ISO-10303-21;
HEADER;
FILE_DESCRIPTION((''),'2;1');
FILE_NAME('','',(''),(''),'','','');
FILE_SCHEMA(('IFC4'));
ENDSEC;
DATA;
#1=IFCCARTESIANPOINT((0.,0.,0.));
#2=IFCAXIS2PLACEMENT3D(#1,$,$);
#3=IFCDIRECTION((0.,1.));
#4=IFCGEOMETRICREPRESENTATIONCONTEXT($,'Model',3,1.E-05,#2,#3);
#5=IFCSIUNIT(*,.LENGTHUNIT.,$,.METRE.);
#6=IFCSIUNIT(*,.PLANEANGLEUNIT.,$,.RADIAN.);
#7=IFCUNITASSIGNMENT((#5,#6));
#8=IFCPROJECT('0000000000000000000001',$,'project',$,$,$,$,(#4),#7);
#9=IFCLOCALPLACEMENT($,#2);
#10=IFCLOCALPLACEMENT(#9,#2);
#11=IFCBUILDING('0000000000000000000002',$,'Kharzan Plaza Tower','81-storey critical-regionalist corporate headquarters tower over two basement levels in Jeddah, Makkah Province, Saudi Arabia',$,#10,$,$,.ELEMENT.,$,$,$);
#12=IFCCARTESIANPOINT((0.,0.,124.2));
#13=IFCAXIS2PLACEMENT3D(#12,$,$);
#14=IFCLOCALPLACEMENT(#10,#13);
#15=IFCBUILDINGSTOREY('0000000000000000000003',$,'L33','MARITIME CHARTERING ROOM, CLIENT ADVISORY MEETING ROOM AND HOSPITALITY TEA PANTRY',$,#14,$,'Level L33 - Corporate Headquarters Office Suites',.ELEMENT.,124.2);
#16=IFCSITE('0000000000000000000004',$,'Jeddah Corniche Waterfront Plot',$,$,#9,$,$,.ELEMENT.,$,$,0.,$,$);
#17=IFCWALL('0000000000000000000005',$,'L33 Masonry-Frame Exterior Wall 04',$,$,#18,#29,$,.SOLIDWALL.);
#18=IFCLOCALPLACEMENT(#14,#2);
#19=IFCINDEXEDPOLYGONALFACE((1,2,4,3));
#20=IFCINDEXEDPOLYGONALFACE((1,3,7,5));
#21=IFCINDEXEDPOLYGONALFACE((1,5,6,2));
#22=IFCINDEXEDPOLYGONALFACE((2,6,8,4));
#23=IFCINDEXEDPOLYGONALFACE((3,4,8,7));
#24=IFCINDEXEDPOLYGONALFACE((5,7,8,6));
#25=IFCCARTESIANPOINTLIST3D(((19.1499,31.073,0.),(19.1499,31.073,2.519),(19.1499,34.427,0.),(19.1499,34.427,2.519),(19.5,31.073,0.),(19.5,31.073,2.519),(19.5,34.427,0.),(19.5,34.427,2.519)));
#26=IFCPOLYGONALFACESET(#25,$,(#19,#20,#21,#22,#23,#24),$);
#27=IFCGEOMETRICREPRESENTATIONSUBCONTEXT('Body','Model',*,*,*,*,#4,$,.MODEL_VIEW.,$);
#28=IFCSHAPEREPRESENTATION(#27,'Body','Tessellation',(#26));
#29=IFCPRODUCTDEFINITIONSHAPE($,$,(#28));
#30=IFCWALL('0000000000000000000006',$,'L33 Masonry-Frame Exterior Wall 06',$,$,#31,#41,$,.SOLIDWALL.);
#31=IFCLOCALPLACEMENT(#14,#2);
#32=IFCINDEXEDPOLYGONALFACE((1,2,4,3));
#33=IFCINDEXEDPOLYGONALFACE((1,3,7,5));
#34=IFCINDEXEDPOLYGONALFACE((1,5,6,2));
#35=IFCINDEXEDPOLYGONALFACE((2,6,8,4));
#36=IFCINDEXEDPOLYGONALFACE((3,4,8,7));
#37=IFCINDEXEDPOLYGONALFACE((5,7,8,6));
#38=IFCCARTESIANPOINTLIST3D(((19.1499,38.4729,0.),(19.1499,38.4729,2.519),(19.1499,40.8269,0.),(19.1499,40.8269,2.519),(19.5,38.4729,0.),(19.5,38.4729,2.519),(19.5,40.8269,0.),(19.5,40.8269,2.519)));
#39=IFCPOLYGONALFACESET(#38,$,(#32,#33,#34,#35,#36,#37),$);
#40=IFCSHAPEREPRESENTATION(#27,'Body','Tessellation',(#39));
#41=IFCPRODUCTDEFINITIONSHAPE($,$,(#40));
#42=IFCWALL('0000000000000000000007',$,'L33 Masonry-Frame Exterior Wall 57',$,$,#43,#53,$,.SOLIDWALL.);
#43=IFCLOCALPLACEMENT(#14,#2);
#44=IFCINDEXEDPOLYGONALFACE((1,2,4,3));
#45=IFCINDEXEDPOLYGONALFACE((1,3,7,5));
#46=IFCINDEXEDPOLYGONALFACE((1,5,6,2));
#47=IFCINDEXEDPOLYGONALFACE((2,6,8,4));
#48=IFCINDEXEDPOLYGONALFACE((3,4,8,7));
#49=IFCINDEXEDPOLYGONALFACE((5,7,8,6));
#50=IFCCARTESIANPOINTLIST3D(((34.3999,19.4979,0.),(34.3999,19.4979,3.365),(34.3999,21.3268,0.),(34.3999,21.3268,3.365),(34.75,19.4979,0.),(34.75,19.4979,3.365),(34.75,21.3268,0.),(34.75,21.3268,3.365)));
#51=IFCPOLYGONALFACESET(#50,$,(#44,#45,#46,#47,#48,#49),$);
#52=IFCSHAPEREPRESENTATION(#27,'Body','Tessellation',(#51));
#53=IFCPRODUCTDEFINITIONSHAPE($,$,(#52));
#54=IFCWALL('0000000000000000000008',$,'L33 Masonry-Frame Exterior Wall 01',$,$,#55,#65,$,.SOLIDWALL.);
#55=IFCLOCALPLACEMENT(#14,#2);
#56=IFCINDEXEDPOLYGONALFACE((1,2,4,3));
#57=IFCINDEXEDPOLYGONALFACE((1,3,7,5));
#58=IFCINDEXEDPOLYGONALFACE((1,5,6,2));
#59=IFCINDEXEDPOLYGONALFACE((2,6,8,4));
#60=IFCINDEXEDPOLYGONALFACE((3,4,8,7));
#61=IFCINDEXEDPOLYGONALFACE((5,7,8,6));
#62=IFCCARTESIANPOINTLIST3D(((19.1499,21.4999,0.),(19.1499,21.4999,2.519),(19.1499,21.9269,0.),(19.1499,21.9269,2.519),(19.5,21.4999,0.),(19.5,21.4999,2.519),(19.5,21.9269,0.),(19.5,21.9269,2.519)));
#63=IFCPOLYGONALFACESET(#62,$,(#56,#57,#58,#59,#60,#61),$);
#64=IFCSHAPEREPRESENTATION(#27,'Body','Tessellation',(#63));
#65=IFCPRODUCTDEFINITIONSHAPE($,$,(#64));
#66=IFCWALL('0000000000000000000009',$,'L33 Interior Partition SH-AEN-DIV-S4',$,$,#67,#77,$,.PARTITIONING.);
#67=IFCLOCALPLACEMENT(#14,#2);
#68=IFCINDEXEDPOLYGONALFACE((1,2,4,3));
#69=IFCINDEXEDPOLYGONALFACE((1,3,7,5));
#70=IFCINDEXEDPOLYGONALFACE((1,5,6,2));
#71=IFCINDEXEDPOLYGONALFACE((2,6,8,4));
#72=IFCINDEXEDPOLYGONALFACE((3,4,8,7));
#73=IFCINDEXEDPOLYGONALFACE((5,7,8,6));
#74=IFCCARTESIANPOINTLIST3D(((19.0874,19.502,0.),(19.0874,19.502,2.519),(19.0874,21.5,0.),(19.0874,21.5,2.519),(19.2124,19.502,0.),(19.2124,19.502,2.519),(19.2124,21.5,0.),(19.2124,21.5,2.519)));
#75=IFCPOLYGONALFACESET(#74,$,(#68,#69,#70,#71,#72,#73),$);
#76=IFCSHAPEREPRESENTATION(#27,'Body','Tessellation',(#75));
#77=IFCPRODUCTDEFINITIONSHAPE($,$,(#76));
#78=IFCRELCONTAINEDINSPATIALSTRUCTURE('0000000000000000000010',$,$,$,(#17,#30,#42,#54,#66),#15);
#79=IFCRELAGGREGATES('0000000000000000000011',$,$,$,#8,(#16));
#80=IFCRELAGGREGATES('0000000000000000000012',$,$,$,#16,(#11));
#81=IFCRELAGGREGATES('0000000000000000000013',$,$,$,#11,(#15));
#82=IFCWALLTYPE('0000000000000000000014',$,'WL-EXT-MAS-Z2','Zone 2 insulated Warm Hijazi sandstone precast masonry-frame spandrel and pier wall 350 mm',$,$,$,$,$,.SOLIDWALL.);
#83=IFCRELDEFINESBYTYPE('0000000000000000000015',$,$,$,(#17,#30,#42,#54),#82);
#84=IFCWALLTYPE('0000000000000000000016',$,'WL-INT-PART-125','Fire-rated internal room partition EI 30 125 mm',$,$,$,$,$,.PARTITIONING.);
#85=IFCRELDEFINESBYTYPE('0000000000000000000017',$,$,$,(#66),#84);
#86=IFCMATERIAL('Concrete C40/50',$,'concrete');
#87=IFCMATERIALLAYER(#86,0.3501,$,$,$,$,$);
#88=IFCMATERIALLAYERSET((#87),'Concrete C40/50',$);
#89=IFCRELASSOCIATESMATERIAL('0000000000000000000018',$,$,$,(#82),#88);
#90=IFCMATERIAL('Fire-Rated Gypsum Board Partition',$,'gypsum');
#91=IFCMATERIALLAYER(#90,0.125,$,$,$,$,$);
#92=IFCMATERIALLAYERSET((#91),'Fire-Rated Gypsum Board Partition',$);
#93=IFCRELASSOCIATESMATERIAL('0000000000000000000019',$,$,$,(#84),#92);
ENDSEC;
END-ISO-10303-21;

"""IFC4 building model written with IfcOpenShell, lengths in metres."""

from ifc_helpers import new_model, si_unit, direction, frame, frame_2d, origin, place, context, subcontext, project, spatial, rectangle, extrude, source, transform, mapped, material, layer, layer_set, type_object, element, save


model = new_model("IFC4")

# Units and contexts
model_context = context("Model", 3, precision=1e-05, world=origin(), true_north=direction((0.0, 1.0)))
body_context = subcontext(model_context, "Body", "Model", "MODEL_VIEW")
ifc_project = project(units=[si_unit("LENGTHUNIT", "METRE"), si_unit("PLANEANGLEUNIT", "RADIAN")], contexts=[model_context])

# Site, building, storey
site_placement = place(None, origin())
site = spatial("IfcSite", under=ifc_project, at=site_placement, Name="Jeddah Corniche Waterfront Plot", CompositionType="ELEMENT", RefElevation=0.0)
building_placement = place(site_placement, origin())
building = spatial("IfcBuilding", under=site, at=building_placement, Name="Kharzan Plaza Tower", Description="81-storey critical-regionalist corporate headquarters tower over two basement levels in Jeddah, Makkah Province, Saudi Arabia", CompositionType="ELEMENT")
storey_placement = place(building_placement, frame((0.0, 0.0, 124.2)))
storey = spatial("IfcBuildingStorey", under=building, at=storey_placement, Name="L33", Description="MARITIME CHARTERING ROOM, CLIENT ADVISORY MEETING ROOM AND HOSPITALITY TEA PANTRY", LongName="Level L33 - Corporate Headquarters Office Suites", CompositionType="ELEMENT", Elevation=124.2)

# Shared definitions
ifc_material_1 = material(Name="Concrete C40/50", Category="concrete")
ifc_layer_1 = layer(ifc_material_1, 0.3501)
ifc_layer_set_1 = layer_set([ifc_layer_1], Name="Concrete C40/50")
wall_type_1 = type_object("IfcWallType", Name="WL-EXT-MAS-Z2", Description="Zone 2 insulated Warm Hijazi sandstone precast masonry-frame spandrel and pier wall 350 mm", PredefinedType="SOLIDWALL", material=ifc_layer_set_1)

# Walls
shared_shape_1 = source(origin(), body_context, "Body", "SweptSolid", [
    extrude(rectangle(XDim=3.354, YDim=0.3501, at=frame_2d((1.677, 0.0))), origin(), (0.0, 0.0, 1.0), 2.519),
])
wall_1_placement = place(storey_placement, frame((19.325, 31.073, 0.0), z_axis=(0.0, 0.0, 1.0), x_axis=(0.0, 1.0, 0.0)))
element("IfcWall", 1, at=wall_1_placement, inside=storey, type_object=wall_type_1, Name="L33 Masonry-Frame Exterior Wall 04", PredefinedType="SOLIDWALL", context=body_context, shape_type="MappedRepresentation", body=[
    mapped(shared_shape_1, transform((0.0, 0.0, 0.0), x_axis=(1.0, 0.0, 0.0), y_axis=(0.0, 1.0, 0.0), z_axis=(0.0, 0.0, 1.0))),
])
shared_shape_2 = source(origin(), body_context, "Body", "SweptSolid", [
    extrude(rectangle(XDim=2.354, YDim=0.3501, at=frame_2d((1.177, 0.0))), origin(), (0.0, 0.0, 1.0), 2.519),
])
wall_2_placement = place(storey_placement, frame((19.325, 38.4729, 0.0), z_axis=(0.0, 0.0, 1.0), x_axis=(0.0, 1.0, 0.0)))
element("IfcWall", 2, at=wall_2_placement, inside=storey, type_object=wall_type_1, Name="L33 Masonry-Frame Exterior Wall 06", PredefinedType="SOLIDWALL", context=body_context, shape_type="MappedRepresentation", body=[
    mapped(shared_shape_2, transform((0.0, 0.0, 0.0), x_axis=(1.0, 0.0, 0.0), y_axis=(0.0, 1.0, 0.0), z_axis=(0.0, 0.0, 1.0))),
])
shared_shape_3 = source(origin(), body_context, "Body", "SweptSolid", [
    extrude(rectangle(XDim=1.8289, YDim=0.3501, at=frame_2d((0.9146, 0.0))), origin(), (0.0, 0.0, 1.0), 3.365),
])
wall_3_placement = place(storey_placement, frame((34.575, 21.3269, 0.0), z_axis=(0.0, 0.0, 1.0), x_axis=(0.0, -1.0, 0.0)))
element("IfcWall", 3, at=wall_3_placement, inside=storey, type_object=wall_type_1, Name="L33 Masonry-Frame Exterior Wall 57", PredefinedType="SOLIDWALL", context=body_context, shape_type="MappedRepresentation", body=[
    mapped(shared_shape_3, transform((0.0, 0.0, 0.0), x_axis=(1.0, 0.0, 0.0), y_axis=(0.0, 1.0, 0.0), z_axis=(0.0, 0.0, 1.0))),
])
shared_shape_4 = source(origin(), body_context, "Body", "SweptSolid", [
    extrude(rectangle(XDim=0.427, YDim=0.3501, at=frame_2d((0.2134, 0.0))), origin(), (0.0, 0.0, 1.0), 2.519),
])
wall_4_placement = place(storey_placement, frame((19.325, 21.5, 0.0), z_axis=(0.0, 0.0, 1.0), x_axis=(0.0, 1.0, 0.0)))
element("IfcWall", 4, at=wall_4_placement, inside=storey, type_object=wall_type_1, Name="L33 Masonry-Frame Exterior Wall 01", PredefinedType="SOLIDWALL", context=body_context, shape_type="MappedRepresentation", body=[
    mapped(shared_shape_4, transform((0.0, 0.0, 0.0), x_axis=(1.0, 0.0, 0.0), y_axis=(0.0, 1.0, 0.0), z_axis=(0.0, 0.0, 1.0))),
])
ifc_material_2 = material(Name="Fire-Rated Gypsum Board Partition", Category="gypsum")
ifc_layer_2 = layer(ifc_material_2, 0.125)
ifc_layer_set_2 = layer_set([ifc_layer_2], Name="Fire-Rated Gypsum Board Partition")
wall_type_2 = type_object("IfcWallType", Name="WL-INT-PART-125", Description="Fire-rated internal room partition EI 30 125 mm", PredefinedType="PARTITIONING", material=ifc_layer_set_2)
shared_shape_5 = source(origin(), body_context, "Body", "SweptSolid", [
    extrude(rectangle(XDim=1.998, YDim=0.125, at=frame_2d((0.999, 0.0))), origin(), (0.0, 0.0, 1.0), 2.519),
])
wall_5_placement = place(storey_placement, frame((19.1499, 19.502, 0.0), z_axis=(0.0, 0.0, 1.0), x_axis=(0.0, 1.0, 0.0)))
element("IfcWall", 5, at=wall_5_placement, inside=storey, type_object=wall_type_2, Name="L33 Interior Partition SH-AEN-DIV-S4", PredefinedType="PARTITIONING", context=body_context, shape_type="MappedRepresentation", body=[
    mapped(shared_shape_5, transform((0.0, 0.0, 0.0), x_axis=(1.0, 0.0, 0.0), y_axis=(0.0, 1.0, 0.0), z_axis=(0.0, 0.0, 1.0))),
])

save(model, "model.ifc")
